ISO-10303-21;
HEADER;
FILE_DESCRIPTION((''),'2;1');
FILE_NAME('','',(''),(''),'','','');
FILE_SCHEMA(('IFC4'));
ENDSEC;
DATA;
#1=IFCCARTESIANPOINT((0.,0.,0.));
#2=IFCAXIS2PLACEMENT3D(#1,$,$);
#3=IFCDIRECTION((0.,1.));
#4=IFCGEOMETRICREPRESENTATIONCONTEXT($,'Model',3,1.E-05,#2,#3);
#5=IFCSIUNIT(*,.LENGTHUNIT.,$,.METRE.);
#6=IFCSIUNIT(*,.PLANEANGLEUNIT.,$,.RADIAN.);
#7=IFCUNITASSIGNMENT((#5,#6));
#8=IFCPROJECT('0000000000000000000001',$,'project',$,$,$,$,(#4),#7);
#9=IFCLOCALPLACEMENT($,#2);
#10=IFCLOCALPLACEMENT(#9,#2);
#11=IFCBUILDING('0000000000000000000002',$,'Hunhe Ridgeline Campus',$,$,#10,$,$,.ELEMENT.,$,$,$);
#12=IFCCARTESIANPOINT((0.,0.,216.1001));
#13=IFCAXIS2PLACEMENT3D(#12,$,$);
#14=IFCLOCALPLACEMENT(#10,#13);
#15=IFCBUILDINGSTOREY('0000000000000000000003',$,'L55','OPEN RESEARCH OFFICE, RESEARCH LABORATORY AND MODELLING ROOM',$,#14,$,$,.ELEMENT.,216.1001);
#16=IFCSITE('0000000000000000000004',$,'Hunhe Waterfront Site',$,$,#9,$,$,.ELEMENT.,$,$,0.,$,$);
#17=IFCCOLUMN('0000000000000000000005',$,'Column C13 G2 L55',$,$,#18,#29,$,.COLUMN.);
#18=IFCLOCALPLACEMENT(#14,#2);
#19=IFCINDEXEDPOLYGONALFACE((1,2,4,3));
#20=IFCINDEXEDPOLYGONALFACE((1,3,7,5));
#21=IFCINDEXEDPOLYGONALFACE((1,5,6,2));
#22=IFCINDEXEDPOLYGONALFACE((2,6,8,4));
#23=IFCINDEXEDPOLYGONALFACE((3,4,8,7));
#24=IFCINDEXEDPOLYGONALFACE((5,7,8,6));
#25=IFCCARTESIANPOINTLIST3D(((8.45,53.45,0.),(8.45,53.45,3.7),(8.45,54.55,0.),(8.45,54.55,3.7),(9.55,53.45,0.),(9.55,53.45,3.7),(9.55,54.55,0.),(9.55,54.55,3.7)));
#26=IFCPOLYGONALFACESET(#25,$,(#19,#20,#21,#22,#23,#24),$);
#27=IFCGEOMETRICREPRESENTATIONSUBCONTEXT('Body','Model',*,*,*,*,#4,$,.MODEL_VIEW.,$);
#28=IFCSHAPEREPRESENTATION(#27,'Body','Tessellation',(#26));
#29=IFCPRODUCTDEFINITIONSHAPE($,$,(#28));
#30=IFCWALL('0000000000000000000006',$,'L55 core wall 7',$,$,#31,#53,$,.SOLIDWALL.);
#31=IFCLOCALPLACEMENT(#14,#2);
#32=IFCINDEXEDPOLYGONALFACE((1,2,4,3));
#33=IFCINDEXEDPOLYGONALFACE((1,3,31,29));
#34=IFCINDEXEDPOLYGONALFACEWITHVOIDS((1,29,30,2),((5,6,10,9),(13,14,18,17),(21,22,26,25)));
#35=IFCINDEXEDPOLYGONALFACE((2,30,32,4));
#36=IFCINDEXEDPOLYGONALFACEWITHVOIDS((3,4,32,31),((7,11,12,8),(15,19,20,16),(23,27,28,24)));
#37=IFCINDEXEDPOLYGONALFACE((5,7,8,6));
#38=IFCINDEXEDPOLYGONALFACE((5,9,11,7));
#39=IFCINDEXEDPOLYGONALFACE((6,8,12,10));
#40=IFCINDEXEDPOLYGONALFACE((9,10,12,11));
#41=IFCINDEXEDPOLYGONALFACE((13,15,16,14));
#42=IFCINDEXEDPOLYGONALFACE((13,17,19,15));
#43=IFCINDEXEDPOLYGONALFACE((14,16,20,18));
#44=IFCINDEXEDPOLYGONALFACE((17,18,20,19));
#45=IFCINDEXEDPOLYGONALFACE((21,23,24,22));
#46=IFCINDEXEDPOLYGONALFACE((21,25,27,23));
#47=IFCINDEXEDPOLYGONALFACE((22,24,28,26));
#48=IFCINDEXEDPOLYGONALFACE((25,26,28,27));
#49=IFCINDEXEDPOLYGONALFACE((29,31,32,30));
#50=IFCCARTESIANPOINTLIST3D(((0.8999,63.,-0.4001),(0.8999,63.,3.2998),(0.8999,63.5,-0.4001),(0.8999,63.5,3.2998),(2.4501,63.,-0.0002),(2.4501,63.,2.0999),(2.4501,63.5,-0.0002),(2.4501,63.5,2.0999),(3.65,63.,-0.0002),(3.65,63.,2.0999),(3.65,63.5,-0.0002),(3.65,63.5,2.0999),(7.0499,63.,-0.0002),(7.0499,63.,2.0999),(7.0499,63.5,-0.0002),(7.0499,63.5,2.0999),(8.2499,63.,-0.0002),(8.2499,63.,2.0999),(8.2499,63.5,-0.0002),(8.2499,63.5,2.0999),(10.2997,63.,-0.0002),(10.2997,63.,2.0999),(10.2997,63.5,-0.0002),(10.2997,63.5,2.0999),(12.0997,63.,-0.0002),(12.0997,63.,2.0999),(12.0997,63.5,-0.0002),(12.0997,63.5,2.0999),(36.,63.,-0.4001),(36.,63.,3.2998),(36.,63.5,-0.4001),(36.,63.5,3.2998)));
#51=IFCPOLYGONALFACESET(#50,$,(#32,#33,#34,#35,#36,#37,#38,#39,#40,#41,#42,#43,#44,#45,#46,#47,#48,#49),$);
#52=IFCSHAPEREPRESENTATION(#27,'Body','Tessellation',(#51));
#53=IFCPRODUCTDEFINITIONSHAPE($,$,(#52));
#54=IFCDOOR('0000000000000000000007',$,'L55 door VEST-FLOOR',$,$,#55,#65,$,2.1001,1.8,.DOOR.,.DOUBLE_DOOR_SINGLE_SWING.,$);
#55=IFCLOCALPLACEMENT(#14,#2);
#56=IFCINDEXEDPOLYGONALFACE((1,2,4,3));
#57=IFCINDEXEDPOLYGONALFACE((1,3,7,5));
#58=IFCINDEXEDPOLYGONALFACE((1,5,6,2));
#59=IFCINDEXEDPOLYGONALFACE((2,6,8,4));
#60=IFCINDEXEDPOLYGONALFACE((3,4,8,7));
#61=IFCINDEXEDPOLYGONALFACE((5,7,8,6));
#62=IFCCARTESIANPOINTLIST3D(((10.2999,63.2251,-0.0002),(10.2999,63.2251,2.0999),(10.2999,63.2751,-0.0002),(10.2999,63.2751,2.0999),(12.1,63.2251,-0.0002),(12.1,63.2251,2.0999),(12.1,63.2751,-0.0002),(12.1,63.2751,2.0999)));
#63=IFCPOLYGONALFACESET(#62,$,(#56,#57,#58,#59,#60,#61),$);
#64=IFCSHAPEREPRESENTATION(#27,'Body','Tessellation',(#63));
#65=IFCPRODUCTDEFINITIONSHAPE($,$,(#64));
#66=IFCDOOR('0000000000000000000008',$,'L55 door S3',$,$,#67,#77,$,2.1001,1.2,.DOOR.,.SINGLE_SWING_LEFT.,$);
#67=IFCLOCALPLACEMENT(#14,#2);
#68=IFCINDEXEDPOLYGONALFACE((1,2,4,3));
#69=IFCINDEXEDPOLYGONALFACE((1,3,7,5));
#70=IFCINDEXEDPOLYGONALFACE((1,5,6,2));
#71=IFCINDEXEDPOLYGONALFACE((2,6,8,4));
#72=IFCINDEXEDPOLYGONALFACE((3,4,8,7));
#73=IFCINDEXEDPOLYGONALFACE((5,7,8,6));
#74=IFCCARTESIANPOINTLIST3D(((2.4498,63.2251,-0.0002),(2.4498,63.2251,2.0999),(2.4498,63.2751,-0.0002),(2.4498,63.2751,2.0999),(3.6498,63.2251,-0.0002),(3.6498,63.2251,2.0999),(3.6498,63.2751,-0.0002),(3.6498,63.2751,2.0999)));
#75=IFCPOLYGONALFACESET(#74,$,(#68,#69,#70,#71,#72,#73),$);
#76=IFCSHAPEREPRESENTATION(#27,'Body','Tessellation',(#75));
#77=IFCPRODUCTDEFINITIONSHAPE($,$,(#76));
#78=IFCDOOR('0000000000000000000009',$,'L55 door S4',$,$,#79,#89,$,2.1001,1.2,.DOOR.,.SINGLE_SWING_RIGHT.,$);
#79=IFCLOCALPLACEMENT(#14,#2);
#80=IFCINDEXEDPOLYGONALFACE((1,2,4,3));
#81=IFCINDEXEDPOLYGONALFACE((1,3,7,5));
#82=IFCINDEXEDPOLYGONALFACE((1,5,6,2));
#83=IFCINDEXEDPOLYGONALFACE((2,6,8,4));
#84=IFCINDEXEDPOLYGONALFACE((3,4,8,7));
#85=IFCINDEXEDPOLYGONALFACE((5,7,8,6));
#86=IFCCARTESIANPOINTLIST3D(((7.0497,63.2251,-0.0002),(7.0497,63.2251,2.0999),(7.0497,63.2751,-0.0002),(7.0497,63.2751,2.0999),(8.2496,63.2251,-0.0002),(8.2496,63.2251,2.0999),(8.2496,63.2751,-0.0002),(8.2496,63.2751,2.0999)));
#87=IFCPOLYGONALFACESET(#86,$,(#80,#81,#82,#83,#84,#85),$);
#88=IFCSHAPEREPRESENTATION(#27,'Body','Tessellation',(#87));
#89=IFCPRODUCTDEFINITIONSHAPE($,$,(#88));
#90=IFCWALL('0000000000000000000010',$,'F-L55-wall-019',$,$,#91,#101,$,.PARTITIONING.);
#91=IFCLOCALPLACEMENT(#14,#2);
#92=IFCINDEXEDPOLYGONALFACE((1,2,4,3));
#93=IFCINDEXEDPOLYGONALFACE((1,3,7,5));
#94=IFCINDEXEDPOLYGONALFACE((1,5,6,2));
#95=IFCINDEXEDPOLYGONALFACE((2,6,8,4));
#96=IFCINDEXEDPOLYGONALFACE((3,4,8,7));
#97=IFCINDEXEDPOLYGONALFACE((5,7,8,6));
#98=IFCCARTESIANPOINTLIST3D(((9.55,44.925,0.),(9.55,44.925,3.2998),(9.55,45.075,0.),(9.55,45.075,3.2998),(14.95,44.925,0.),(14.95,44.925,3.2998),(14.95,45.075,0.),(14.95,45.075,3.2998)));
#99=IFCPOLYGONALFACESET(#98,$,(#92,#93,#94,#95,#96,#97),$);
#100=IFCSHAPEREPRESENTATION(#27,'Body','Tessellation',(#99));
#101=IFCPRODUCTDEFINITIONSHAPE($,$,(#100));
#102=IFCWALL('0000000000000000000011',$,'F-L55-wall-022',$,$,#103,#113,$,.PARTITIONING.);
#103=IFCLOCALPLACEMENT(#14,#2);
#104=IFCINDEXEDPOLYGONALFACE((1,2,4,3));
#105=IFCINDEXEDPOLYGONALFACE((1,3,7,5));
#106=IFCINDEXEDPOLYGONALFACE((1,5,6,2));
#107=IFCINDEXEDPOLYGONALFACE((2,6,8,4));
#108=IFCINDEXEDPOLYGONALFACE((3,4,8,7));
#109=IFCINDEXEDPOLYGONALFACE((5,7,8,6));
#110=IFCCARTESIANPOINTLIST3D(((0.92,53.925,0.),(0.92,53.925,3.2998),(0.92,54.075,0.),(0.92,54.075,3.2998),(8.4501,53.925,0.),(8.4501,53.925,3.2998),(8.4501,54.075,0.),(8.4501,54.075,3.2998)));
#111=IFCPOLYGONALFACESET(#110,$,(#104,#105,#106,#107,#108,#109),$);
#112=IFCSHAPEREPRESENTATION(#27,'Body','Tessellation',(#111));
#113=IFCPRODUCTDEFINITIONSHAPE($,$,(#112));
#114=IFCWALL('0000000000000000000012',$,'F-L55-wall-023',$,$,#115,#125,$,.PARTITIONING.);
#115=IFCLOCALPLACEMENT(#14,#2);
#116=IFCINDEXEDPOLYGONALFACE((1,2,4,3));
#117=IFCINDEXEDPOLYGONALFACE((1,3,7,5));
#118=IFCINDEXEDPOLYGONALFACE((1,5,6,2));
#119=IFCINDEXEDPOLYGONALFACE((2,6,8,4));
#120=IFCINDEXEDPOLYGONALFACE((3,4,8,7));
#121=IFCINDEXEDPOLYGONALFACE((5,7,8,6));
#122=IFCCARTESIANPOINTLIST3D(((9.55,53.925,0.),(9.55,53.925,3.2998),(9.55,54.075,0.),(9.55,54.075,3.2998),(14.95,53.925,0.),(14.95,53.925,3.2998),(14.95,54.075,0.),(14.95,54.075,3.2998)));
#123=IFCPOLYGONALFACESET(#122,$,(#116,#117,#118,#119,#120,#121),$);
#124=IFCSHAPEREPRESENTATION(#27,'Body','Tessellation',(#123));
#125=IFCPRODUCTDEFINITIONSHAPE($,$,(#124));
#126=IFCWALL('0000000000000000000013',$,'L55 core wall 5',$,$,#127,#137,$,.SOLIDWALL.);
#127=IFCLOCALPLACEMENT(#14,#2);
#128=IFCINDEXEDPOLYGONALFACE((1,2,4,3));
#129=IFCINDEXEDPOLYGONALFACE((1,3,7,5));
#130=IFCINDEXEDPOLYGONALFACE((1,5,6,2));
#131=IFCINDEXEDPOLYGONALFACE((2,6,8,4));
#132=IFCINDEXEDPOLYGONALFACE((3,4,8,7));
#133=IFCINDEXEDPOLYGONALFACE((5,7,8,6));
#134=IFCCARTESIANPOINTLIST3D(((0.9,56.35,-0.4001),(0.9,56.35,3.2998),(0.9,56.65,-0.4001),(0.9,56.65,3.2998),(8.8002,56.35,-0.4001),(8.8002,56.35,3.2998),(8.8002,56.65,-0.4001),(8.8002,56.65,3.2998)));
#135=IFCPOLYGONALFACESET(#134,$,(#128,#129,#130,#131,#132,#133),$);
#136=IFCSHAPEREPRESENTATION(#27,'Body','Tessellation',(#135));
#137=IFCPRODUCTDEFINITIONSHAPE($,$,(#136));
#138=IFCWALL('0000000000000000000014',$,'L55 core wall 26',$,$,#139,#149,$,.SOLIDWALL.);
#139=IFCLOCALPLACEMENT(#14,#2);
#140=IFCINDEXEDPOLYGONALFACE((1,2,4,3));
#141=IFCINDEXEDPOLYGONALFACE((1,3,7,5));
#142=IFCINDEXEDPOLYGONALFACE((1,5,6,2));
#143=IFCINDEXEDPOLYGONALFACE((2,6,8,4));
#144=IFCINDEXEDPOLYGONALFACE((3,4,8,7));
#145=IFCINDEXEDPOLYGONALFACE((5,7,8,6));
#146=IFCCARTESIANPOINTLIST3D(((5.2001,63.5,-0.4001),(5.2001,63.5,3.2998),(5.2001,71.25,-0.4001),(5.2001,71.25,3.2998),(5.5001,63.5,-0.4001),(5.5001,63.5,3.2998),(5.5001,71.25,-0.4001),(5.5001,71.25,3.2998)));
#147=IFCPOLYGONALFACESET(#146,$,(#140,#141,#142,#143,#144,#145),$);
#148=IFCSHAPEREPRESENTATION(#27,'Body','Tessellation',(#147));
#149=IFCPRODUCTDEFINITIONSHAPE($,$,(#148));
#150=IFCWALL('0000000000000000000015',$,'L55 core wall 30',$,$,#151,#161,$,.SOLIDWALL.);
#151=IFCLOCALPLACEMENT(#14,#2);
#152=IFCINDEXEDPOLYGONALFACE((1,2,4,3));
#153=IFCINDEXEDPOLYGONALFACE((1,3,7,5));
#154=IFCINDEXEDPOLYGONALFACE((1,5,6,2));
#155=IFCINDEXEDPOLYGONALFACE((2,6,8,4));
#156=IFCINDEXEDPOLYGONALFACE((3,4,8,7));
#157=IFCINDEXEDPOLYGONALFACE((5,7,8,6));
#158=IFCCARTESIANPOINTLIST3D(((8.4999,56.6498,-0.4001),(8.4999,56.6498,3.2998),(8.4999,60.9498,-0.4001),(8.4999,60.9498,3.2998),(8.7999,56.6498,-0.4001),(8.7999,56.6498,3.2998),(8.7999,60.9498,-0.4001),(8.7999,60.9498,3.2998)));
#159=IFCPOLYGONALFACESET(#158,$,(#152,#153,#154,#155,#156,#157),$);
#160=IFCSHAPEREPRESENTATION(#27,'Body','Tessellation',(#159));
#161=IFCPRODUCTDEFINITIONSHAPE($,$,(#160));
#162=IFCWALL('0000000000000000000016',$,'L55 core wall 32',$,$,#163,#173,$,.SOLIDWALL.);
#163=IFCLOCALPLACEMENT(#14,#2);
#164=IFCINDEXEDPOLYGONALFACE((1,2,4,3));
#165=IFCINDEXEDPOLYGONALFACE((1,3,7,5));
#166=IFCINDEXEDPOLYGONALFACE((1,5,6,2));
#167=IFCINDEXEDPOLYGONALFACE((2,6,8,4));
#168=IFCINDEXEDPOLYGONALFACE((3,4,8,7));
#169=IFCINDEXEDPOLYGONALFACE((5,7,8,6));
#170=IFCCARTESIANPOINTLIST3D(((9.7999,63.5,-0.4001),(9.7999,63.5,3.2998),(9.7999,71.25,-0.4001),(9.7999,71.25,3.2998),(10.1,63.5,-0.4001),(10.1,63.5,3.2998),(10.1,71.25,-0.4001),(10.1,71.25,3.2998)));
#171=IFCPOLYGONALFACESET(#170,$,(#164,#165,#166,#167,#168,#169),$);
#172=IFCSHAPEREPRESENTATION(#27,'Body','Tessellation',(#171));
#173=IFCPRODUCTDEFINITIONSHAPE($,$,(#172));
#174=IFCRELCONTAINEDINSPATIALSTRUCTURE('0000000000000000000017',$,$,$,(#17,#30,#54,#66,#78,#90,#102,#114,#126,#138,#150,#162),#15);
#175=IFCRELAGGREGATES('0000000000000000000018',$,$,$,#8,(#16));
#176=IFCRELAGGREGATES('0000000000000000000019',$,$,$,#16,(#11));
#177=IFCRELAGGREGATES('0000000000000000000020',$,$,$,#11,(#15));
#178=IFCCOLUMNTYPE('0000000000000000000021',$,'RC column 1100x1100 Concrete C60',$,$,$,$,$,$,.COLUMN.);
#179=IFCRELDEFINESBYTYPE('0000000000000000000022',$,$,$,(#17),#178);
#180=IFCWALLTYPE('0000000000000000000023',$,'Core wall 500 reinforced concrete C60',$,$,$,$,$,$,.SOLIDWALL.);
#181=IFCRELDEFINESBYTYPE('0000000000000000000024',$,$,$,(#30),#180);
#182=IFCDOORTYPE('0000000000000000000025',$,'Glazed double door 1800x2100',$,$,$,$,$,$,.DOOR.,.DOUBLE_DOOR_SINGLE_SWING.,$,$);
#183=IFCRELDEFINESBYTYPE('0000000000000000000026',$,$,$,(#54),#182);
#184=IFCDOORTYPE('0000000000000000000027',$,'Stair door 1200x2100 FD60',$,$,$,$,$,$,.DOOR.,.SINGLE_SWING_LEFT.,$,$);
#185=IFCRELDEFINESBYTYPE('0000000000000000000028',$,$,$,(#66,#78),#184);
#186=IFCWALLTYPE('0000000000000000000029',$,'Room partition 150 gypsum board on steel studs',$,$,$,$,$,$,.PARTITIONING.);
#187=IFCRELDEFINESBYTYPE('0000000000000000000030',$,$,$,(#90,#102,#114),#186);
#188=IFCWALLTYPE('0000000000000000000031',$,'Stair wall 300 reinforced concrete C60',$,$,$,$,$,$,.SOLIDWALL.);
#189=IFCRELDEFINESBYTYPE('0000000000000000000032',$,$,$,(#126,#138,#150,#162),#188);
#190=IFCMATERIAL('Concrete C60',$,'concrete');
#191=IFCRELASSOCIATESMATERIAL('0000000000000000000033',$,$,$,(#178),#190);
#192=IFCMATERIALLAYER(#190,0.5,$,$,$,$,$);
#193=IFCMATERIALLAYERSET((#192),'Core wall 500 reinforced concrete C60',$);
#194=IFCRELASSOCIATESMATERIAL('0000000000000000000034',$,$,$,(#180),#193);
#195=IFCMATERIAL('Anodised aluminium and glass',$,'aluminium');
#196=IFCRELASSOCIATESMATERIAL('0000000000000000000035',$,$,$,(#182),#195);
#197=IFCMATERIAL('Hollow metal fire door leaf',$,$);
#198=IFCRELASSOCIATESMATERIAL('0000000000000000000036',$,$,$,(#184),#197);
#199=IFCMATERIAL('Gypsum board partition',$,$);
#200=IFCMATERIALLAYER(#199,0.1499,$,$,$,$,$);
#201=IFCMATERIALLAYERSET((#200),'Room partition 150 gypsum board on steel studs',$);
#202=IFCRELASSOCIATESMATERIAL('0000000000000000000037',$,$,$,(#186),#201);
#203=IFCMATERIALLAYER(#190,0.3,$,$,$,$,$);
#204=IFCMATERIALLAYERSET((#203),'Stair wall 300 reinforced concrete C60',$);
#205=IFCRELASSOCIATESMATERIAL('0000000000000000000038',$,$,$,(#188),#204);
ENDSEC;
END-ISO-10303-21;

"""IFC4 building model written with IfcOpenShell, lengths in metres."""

from ifc_helpers import new_model, si_unit, direction, frame, frame_2d, origin, origin_2d, place, context, subcontext, project, spatial, rectangle, extrude, material, layer, layer_set, material_profile, profile_set, type_object, element, fill, save


model = new_model("IFC4")

# Units and contexts
model_context = context("Model", 3, precision=1e-05, world=origin(), true_north=direction((0.0, 1.0)))
body_context = subcontext(model_context, "Body", "Model", "MODEL_VIEW")
ifc_project = project(units=[si_unit("LENGTHUNIT", "METRE"), si_unit("PLANEANGLEUNIT", "RADIAN")], contexts=[model_context])

# Site, building, storey
site_placement = place(None, origin())
site = spatial("IfcSite", under=ifc_project, at=site_placement, Name="Hunhe Waterfront Site", CompositionType="ELEMENT", RefElevation=0.0)
building_placement = place(site_placement, origin())
building = spatial("IfcBuilding", under=site, at=building_placement, Name="Hunhe Ridgeline Campus", CompositionType="ELEMENT")
storey_placement = place(building_placement, frame((0.0, 0.0, 216.1001)))
storey = spatial("IfcBuildingStorey", under=building, at=storey_placement, Name="L55", Description="OPEN RESEARCH OFFICE, RESEARCH LABORATORY AND MODELLING ROOM", CompositionType="ELEMENT", Elevation=216.1001)

# Column
ifc_material_1 = material(Name="Concrete C60", Category="concrete")
ifc_material_profile = material_profile(ifc_material_1, rectangle(XDim=1.1001, YDim=1.1001, at=origin_2d()))
ifc_profile_set = profile_set([ifc_material_profile], Name="Concrete C60")
column_type = type_object("IfcColumnType", Name="RC column 1100x1100 Concrete C60", PredefinedType="COLUMN", material=ifc_profile_set)
column_placement = place(storey_placement, frame((9.0, 54.0, 0.0), z_axis=(0.0, 0.0, 1.0), x_axis=(1.0, 0.0, 0.0)))
element("IfcColumn", 1, at=column_placement, inside=storey, type_object=column_type, Name="Column C13 G2 L55", PredefinedType="COLUMN", context=body_context, shape_type="SweptSolid", body=[
    extrude(rectangle(XDim=1.1001, YDim=1.1001, at=origin_2d()), origin(), (0.0, 0.0, 1.0), 3.7),
])

# Wall, openings, doors
ifc_layer_1 = layer(ifc_material_1, 0.5)
ifc_layer_set_1 = layer_set([ifc_layer_1], Name="Core wall 500 reinforced concrete C60")
wall_type_1 = type_object("IfcWallType", Name="Core wall 500 reinforced concrete C60", PredefinedType="SOLIDWALL", material=ifc_layer_set_1)
wall_1_placement = place(storey_placement, frame((0.8999, 63.25, -0.4001), z_axis=(0.0, 0.0, 1.0), x_axis=(1.0, 0.0, 0.0)))
wall_1 = element("IfcWall", 2, at=wall_1_placement, inside=storey, type_object=wall_type_1, Name="L55 core wall 7", PredefinedType="SOLIDWALL", context=body_context, shape_type="SweptSolid", body=[
    extrude(rectangle(XDim=35.1001, YDim=0.5, at=frame_2d((17.55, 0.0))), origin(), (0.0, 0.0, 1.0), 3.7),
])
opening_1_placement = place(wall_1_placement, frame((9.3999, 0.0, 0.3999)))
opening_1 = element("IfcOpeningElement", 3, at=opening_1_placement, cuts=wall_1, PredefinedType="OPENING", context=body_context, shape_type="SweptSolid", body=[
    extrude(rectangle(XDim=1.8, YDim=2.1001, at=frame_2d((0.8999, 1.05))), frame((0.0, 0.25, 0.0), z_axis=(0.0, -1.0, 0.0), x_axis=(1.0, 0.0, 0.0)), (0.0, 0.0, 1.0), 0.5),
])
opening_2_placement = place(wall_1_placement, frame((1.55, 0.0, 0.3999)))
opening_2 = element("IfcOpeningElement", 4, at=opening_2_placement, cuts=wall_1, PredefinedType="OPENING", context=body_context, shape_type="SweptSolid", body=[
    extrude(rectangle(XDim=1.2, YDim=2.1001, at=frame_2d((0.6001, 1.05))), frame((0.0, 0.25, 0.0), z_axis=(0.0, -1.0, 0.0), x_axis=(1.0, 0.0, 0.0)), (0.0, 0.0, 1.0), 0.5),
])
opening_3_placement = place(wall_1_placement, frame((6.1499, 0.0, 0.3999)))
opening_3 = element("IfcOpeningElement", 5, at=opening_3_placement, cuts=wall_1, PredefinedType="OPENING", context=body_context, shape_type="SweptSolid", body=[
    extrude(rectangle(XDim=1.2, YDim=2.1001, at=frame_2d((0.6001, 1.05))), frame((0.0, 0.25, 0.0), z_axis=(0.0, -1.0, 0.0), x_axis=(1.0, 0.0, 0.0)), (0.0, 0.0, 1.0), 0.5),
])
ifc_material_2 = material(Name="Anodised aluminium and glass", Category="aluminium")
door_type_1 = type_object("IfcDoorType", Name="Glazed double door 1800x2100", OperationType="DOUBLE_DOOR_SINGLE_SWING", PredefinedType="DOOR", material=ifc_material_2)
door_1_placement = place(opening_1_placement, frame((1.8, 0.0, 0.0), z_axis=(0.0, 0.0, 1.0), x_axis=(-1.0, 0.0, 0.0)))
door_1 = element("IfcDoor", 6, at=door_1_placement, inside=storey, type_object=door_type_1, Name="L55 door VEST-FLOOR", OperationType="DOUBLE_DOOR_SINGLE_SWING", OverallHeight=2.1001, OverallWidth=1.8, PredefinedType="DOOR", context=body_context, shape_type="SweptSolid", body=[
    extrude(rectangle(XDim=1.8, YDim=2.1001, at=frame_2d((0.8999, 1.05))), frame((0.0, 0.0249, 0.0), z_axis=(0.0, -1.0, 0.0), x_axis=(1.0, 0.0, 0.0)), (0.0, 0.0, 1.0), 0.05),
])
fill(opening_1, door_1)
ifc_material_3 = material(Name="Hollow metal fire door leaf")
door_type_2 = type_object("IfcDoorType", Name="Stair door 1200x2100 FD60", OperationType="SINGLE_SWING_LEFT", PredefinedType="DOOR", material=ifc_material_3)
door_2_placement = place(opening_2_placement, frame((1.2, 0.0, 0.0), z_axis=(0.0, 0.0, 1.0), x_axis=(-1.0, 0.0, 0.0)))
door_2 = element("IfcDoor", 7, at=door_2_placement, inside=storey, type_object=door_type_2, Name="L55 door S3", OperationType="SINGLE_SWING_LEFT", OverallHeight=2.1001, OverallWidth=1.2, PredefinedType="DOOR", context=body_context, shape_type="SweptSolid", body=[
    extrude(rectangle(XDim=1.2, YDim=2.1001, at=frame_2d((0.6001, 1.05))), frame((0.0, 0.0249, 0.0), z_axis=(0.0, -1.0, 0.0), x_axis=(1.0, 0.0, 0.0)), (0.0, 0.0, 1.0), 0.05),
])
fill(opening_2, door_2)
door_3_placement = place(opening_3_placement, frame((1.2, 0.0, 0.0), z_axis=(0.0, 0.0, 1.0), x_axis=(-1.0, 0.0, 0.0)))
door_3 = element("IfcDoor", 8, at=door_3_placement, inside=storey, type_object=door_type_2, Name="L55 door S4", OperationType="SINGLE_SWING_RIGHT", OverallHeight=2.1001, OverallWidth=1.2, PredefinedType="DOOR", context=body_context, shape_type="SweptSolid", body=[
    extrude(rectangle(XDim=1.2, YDim=2.1001, at=frame_2d((0.6001, 1.05))), frame((0.0, 0.0249, 0.0), z_axis=(0.0, -1.0, 0.0), x_axis=(1.0, 0.0, 0.0)), (0.0, 0.0, 1.0), 0.05),
])
fill(opening_3, door_3)

# Walls
ifc_material_4 = material(Name="Gypsum board partition")
ifc_layer_2 = layer(ifc_material_4, 0.1499)
ifc_layer_set_2 = layer_set([ifc_layer_2], Name="Room partition 150 gypsum board on steel studs")
wall_type_2 = type_object("IfcWallType", Name="Room partition 150 gypsum board on steel studs", PredefinedType="PARTITIONING", material=ifc_layer_set_2)
wall_2_placement = place(storey_placement, frame((9.55, 45.0, 0.0), z_axis=(0.0, 0.0, 1.0), x_axis=(1.0, 0.0, 0.0)))
element("IfcWall", 9, at=wall_2_placement, inside=storey, type_object=wall_type_2, Name="F-L55-wall-019", PredefinedType="PARTITIONING", context=body_context, shape_type="SweptSolid", body=[
    extrude(rectangle(XDim=5.3999, YDim=0.1499, at=frame_2d((2.7, 0.0))), origin(), (0.0, 0.0, 1.0), 3.2998),
])
wall_3_placement = place(storey_placement, frame((0.9199, 54.0, 0.0), z_axis=(0.0, 0.0, 1.0), x_axis=(1.0, 0.0, 0.0)))
element("IfcWall", 10, at=wall_3_placement, inside=storey, type_object=wall_type_2, Name="F-L55-wall-022", PredefinedType="PARTITIONING", context=body_context, shape_type="SweptSolid", body=[
    extrude(rectangle(XDim=7.53, YDim=0.1499, at=frame_2d((3.7651, 0.0))), origin(), (0.0, 0.0, 1.0), 3.2998),
])
wall_4_placement = place(storey_placement, frame((9.55, 54.0, 0.0), z_axis=(0.0, 0.0, 1.0), x_axis=(1.0, 0.0, 0.0)))
element("IfcWall", 11, at=wall_4_placement, inside=storey, type_object=wall_type_2, Name="F-L55-wall-023", PredefinedType="PARTITIONING", context=body_context, shape_type="SweptSolid", body=[
    extrude(rectangle(XDim=5.3999, YDim=0.1499, at=frame_2d((2.7, 0.0))), origin(), (0.0, 0.0, 1.0), 3.2998),
])
ifc_layer_3 = layer(ifc_material_1, 0.3)
ifc_layer_set_3 = layer_set([ifc_layer_3], Name="Stair wall 300 reinforced concrete C60")
wall_type_3 = type_object("IfcWallType", Name="Stair wall 300 reinforced concrete C60", PredefinedType="SOLIDWALL", material=ifc_layer_set_3)
wall_5_placement = place(storey_placement, frame((0.8999, 56.5, -0.4001), z_axis=(0.0, 0.0, 1.0), x_axis=(1.0, 0.0, 0.0)))
element("IfcWall", 12, at=wall_5_placement, inside=storey, type_object=wall_type_3, Name="L55 core wall 5", PredefinedType="SOLIDWALL", context=body_context, shape_type="SweptSolid", body=[
    extrude(rectangle(XDim=7.9001, YDim=0.3, at=frame_2d((3.9502, 0.0))), origin(), (0.0, 0.0, 1.0), 3.7),
])

# Walls
wall_6_placement = place(storey_placement, frame((5.3501, 63.5, -0.4001), z_axis=(0.0, 0.0, 1.0), x_axis=(0.0, 1.0, 0.0)))
element("IfcWall", 13, at=wall_6_placement, inside=storey, type_object=wall_type_3, Name="L55 core wall 26", PredefinedType="SOLIDWALL", context=body_context, shape_type="SweptSolid", body=[
    extrude(rectangle(XDim=7.75, YDim=0.3, at=frame_2d((3.875, 0.0))), origin(), (0.0, 0.0, 1.0), 3.7),
])
wall_7_placement = place(storey_placement, frame((8.6499, 56.6499, -0.4001), z_axis=(0.0, 0.0, 1.0), x_axis=(0.0, 1.0, 0.0)))
element("IfcWall", 14, at=wall_7_placement, inside=storey, type_object=wall_type_3, Name="L55 core wall 30", PredefinedType="SOLIDWALL", context=body_context, shape_type="SweptSolid", body=[
    extrude(rectangle(XDim=4.3, YDim=0.3, at=frame_2d((2.1499, 0.0))), origin(), (0.0, 0.0, 1.0), 3.7),
])
wall_8_placement = place(storey_placement, frame((9.95, 63.5, -0.4001), z_axis=(0.0, 0.0, 1.0), x_axis=(0.0, 1.0, 0.0)))
element("IfcWall", 15, at=wall_8_placement, inside=storey, type_object=wall_type_3, Name="L55 core wall 32", PredefinedType="SOLIDWALL", context=body_context, shape_type="SweptSolid", body=[
    extrude(rectangle(XDim=7.75, YDim=0.3, at=frame_2d((3.875, 0.0))), origin(), (0.0, 0.0, 1.0), 3.7),
])

save(model, "model.ifc")
